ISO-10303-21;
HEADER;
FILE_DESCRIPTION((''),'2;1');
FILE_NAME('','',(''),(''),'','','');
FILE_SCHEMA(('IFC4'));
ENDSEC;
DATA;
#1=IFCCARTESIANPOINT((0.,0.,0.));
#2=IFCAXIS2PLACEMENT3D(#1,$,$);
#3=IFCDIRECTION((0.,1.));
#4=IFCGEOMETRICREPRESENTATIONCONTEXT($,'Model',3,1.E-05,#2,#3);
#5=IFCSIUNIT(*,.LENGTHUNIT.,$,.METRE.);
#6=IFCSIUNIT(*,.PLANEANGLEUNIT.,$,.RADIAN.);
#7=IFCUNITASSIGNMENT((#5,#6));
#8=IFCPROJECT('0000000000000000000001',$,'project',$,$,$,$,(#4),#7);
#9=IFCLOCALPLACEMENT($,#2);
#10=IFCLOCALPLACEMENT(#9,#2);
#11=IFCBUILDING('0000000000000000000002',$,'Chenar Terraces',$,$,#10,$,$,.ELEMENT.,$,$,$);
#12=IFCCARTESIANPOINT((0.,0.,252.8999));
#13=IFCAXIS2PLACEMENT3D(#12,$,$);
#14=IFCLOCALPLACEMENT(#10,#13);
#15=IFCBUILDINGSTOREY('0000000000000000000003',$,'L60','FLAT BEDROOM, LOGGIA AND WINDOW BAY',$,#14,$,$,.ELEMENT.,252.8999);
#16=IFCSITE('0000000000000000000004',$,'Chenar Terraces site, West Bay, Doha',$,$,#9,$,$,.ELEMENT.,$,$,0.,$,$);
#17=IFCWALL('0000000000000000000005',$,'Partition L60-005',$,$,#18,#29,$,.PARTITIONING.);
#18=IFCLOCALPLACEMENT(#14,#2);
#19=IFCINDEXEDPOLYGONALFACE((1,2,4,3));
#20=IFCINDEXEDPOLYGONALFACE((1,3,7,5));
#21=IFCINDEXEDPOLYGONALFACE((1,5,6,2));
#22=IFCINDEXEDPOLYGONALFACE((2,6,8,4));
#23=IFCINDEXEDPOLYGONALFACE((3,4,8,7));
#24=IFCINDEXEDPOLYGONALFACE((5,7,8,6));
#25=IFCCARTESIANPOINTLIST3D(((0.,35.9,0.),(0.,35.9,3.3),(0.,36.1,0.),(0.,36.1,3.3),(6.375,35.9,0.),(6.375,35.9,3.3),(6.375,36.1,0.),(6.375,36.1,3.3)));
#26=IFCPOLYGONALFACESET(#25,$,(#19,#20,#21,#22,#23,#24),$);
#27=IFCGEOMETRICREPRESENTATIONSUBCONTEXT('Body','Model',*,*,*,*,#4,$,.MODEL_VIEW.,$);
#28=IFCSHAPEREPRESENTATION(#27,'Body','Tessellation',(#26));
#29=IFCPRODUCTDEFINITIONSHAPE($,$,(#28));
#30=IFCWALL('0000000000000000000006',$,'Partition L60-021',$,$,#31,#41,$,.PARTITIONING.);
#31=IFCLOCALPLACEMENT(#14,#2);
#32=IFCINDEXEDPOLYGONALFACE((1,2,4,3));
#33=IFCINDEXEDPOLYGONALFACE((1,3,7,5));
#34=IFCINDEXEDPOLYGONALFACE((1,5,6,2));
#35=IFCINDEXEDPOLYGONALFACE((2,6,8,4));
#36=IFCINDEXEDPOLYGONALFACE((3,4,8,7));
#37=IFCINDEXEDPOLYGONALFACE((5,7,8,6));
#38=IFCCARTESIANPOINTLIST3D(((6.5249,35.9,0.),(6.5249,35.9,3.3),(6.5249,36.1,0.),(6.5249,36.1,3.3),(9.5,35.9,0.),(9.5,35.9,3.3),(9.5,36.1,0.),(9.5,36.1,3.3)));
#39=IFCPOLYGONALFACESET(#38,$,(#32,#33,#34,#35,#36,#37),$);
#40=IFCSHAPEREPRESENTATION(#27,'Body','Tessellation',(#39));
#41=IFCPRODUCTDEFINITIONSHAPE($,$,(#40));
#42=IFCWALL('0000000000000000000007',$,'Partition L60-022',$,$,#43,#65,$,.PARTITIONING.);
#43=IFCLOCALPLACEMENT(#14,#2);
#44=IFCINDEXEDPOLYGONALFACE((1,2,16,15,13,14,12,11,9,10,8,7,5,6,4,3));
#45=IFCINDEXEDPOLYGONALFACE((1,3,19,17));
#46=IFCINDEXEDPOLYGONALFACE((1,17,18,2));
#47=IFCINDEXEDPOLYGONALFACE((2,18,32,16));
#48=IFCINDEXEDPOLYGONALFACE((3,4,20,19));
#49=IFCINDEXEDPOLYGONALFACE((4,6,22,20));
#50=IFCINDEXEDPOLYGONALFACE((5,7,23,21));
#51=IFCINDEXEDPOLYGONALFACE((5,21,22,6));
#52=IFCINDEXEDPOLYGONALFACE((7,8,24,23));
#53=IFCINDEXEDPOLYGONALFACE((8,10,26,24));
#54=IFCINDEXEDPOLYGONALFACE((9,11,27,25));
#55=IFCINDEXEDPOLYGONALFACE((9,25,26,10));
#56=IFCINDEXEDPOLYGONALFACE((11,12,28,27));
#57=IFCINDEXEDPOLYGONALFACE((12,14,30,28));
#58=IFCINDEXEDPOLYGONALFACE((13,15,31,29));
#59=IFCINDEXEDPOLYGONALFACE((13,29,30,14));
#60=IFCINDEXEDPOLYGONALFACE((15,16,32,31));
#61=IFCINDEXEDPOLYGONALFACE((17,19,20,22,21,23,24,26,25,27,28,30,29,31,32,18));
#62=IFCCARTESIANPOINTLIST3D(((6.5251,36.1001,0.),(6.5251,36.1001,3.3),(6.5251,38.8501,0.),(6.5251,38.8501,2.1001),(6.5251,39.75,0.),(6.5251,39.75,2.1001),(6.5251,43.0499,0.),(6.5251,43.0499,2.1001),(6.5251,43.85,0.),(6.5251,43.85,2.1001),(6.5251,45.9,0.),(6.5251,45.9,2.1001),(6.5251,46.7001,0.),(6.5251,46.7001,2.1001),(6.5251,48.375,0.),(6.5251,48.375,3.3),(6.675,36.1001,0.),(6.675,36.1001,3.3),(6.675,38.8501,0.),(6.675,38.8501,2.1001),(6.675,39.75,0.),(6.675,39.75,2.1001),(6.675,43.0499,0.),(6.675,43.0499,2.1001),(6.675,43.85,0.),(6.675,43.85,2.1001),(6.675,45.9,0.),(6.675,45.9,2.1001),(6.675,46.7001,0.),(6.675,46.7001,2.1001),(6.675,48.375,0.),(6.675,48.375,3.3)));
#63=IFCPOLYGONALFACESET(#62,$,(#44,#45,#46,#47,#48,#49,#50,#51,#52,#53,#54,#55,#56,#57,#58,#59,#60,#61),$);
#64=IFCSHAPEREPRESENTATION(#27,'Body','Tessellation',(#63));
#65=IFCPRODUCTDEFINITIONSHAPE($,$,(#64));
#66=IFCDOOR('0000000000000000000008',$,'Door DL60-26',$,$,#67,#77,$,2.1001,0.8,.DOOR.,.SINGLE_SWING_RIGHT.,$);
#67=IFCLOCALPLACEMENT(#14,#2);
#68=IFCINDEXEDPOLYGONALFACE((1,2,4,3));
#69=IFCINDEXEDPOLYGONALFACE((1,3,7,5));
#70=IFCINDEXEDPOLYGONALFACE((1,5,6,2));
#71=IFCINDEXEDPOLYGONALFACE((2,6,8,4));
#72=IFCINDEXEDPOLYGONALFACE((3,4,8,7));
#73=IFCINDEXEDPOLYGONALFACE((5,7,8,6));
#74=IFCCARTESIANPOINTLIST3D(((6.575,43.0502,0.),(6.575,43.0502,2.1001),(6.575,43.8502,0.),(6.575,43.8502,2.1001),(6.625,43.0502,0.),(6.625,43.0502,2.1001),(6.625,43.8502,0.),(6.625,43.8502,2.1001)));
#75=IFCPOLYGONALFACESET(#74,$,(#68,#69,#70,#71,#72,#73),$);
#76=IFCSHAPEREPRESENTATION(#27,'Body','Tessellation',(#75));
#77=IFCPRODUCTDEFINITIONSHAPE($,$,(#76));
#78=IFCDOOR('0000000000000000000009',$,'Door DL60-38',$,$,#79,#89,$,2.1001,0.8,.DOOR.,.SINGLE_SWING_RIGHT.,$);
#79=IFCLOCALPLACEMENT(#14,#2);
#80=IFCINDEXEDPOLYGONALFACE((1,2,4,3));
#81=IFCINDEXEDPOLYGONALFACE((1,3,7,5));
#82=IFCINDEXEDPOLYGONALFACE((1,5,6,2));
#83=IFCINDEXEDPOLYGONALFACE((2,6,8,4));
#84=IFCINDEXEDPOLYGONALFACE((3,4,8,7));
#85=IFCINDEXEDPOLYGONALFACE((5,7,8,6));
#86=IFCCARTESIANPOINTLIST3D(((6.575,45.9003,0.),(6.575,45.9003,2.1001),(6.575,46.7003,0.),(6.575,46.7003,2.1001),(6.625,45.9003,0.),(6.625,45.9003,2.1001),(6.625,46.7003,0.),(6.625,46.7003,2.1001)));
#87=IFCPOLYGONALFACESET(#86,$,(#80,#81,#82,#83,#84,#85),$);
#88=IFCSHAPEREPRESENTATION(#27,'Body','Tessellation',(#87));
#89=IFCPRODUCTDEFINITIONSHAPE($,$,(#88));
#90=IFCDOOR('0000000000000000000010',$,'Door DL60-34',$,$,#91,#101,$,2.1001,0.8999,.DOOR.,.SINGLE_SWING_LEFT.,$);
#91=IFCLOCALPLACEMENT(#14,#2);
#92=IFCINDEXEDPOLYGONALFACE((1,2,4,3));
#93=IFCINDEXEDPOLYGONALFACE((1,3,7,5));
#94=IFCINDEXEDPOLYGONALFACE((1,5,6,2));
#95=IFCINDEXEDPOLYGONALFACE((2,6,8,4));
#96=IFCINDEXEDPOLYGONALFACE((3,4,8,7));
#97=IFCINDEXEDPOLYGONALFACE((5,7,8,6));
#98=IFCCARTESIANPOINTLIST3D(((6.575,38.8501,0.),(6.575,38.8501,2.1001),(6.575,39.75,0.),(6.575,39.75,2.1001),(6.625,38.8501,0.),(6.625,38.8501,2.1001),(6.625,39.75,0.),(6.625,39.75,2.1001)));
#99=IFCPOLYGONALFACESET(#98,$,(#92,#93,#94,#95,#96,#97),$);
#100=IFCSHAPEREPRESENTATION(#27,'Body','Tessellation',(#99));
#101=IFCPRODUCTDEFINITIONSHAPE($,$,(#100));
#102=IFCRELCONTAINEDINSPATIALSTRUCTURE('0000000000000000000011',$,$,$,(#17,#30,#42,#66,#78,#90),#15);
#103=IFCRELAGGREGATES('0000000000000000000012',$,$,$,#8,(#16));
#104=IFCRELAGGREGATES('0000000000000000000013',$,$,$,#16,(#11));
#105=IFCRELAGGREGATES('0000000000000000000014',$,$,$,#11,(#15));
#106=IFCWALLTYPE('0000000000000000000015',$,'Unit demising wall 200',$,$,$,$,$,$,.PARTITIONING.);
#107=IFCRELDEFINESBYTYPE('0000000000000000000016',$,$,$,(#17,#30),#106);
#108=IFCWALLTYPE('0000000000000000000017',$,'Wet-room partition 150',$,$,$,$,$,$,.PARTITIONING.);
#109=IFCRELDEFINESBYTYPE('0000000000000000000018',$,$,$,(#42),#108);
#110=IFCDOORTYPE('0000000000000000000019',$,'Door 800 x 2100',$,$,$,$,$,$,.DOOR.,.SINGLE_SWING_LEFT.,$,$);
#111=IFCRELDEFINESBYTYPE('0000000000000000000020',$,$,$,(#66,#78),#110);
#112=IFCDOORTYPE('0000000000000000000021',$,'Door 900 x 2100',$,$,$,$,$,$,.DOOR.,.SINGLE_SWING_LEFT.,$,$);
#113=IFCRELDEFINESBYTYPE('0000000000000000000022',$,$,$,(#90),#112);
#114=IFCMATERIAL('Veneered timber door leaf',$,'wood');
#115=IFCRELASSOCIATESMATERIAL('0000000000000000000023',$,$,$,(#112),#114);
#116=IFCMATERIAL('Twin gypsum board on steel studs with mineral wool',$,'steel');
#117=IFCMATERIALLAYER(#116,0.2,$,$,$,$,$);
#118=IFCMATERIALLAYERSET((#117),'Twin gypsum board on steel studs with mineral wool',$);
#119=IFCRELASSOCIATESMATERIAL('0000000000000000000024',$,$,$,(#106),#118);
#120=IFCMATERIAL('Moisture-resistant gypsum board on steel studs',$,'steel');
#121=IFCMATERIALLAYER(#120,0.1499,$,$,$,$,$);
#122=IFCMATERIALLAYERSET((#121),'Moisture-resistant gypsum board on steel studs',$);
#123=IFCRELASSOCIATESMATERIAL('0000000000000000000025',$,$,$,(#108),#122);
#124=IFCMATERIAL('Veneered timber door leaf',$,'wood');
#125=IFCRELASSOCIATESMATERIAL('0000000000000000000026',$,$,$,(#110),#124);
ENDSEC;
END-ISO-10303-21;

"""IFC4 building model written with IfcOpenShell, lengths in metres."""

from ifc_helpers import new_model, si_unit, direction, frame, frame_2d, origin, place, context, subcontext, project, spatial, rectangle, extrude, material, layer, layer_set, type_object, element, fill, save


model = new_model("IFC4")

# Units and contexts
model_context = context("Model", 3, precision=1e-05, world=origin(), true_north=direction((0.0, 1.0)))
body_context = subcontext(model_context, "Body", "Model", "MODEL_VIEW")
ifc_project = project(units=[si_unit("LENGTHUNIT", "METRE"), si_unit("PLANEANGLEUNIT", "RADIAN")], contexts=[model_context])

# Site, building, storey
site_placement = place(None, origin())
site = spatial("IfcSite", under=ifc_project, at=site_placement, Name="Chenar Terraces site, West Bay, Doha", CompositionType="ELEMENT", RefElevation=0.0)
building_placement = place(site_placement, origin())
building = spatial("IfcBuilding", under=site, at=building_placement, Name="Chenar Terraces", CompositionType="ELEMENT")
storey_placement = place(building_placement, frame((0.0, 0.0, 252.8999)))
storey = spatial("IfcBuildingStorey", under=building, at=storey_placement, Name="L60", Description="FLAT BEDROOM, LOGGIA AND WINDOW BAY", CompositionType="ELEMENT", Elevation=252.8999)

# Shared definitions
placement = place(storey_placement, frame((0.0, 36.0, 0.0), z_axis=(0.0, 0.0, 1.0), x_axis=(1.0, 0.0, 0.0)))

# Shared definitions
ifc_material_1 = material(Name="Veneered timber door leaf", Category="wood")
door_type_1 = type_object("IfcDoorType", Name="Door 900 x 2100", OperationType="SINGLE_SWING_LEFT", PredefinedType="DOOR", material=ifc_material_1)

# Walls
ifc_material_2 = material(Name="Twin gypsum board on steel studs with mineral wool", Category="steel")
ifc_layer_1 = layer(ifc_material_2, 0.2)
ifc_layer_set_1 = layer_set([ifc_layer_1], Name="Twin gypsum board on steel studs with mineral wool")
wall_type_1 = type_object("IfcWallType", Name="Unit demising wall 200", PredefinedType="PARTITIONING", material=ifc_layer_set_1)
element("IfcWall", 1, at=placement, inside=storey, type_object=wall_type_1, Name="Partition L60-005", PredefinedType="PARTITIONING", context=body_context, shape_type="SweptSolid", body=[
    extrude(rectangle(XDim=6.375, YDim=0.2, at=frame_2d((3.1875, 0.0))), origin(), (0.0, 0.0, 1.0), 3.3),
])
wall_1_placement = place(storey_placement, frame((6.5249, 36.0, 0.0), z_axis=(0.0, 0.0, 1.0), x_axis=(1.0, 0.0, 0.0)))
element("IfcWall", 2, at=wall_1_placement, inside=storey, type_object=wall_type_1, Name="Partition L60-021", PredefinedType="PARTITIONING", context=body_context, shape_type="SweptSolid", body=[
    extrude(rectangle(XDim=2.9751, YDim=0.2, at=frame_2d((1.4875, 0.0))), origin(), (0.0, 0.0, 1.0), 3.3),
])

# Wall, openings, doors
ifc_material_3 = material(Name="Moisture-resistant gypsum board on steel studs", Category="steel")
ifc_layer_2 = layer(ifc_material_3, 0.1499)
ifc_layer_set_2 = layer_set([ifc_layer_2], Name="Moisture-resistant gypsum board on steel studs")
wall_type_2 = type_object("IfcWallType", Name="Wet-room partition 150", PredefinedType="PARTITIONING", material=ifc_layer_set_2)
wall_2_placement = place(storey_placement, frame((6.6001, 36.1001, 0.0), z_axis=(0.0, 0.0, 1.0), x_axis=(0.0, 1.0, 0.0)))
wall_2 = element("IfcWall", 3, at=wall_2_placement, inside=storey, type_object=wall_type_2, Name="Partition L60-022", PredefinedType="PARTITIONING", context=body_context, shape_type="SweptSolid", body=[
    extrude(rectangle(XDim=12.2749, YDim=0.1499, at=frame_2d((6.1375, 0.0))), origin(), (0.0, 0.0, 1.0), 3.3),
])
opening_1_placement = place(wall_2_placement, frame((6.95, 0.0, 0.0)))
opening_1 = element("IfcOpeningElement", 4, at=opening_1_placement, cuts=wall_2, PredefinedType="OPENING", context=body_context, shape_type="SweptSolid", body=[
    extrude(rectangle(XDim=0.8, YDim=2.1001, at=frame_2d((0.3999, 1.05))), frame((0.0, 0.085, 0.0), z_axis=(0.0, -1.0, 0.0), x_axis=(1.0, 0.0, 0.0)), (0.0, 0.0, 1.0), 0.1699),
])
opening_2_placement = place(wall_2_placement, frame((2.75, 0.0, 0.0)))
opening_2 = element("IfcOpeningElement", 5, at=opening_2_placement, cuts=wall_2, PredefinedType="OPENING", context=body_context, shape_type="SweptSolid", body=[
    extrude(rectangle(XDim=0.8999, YDim=2.1001, at=frame_2d((0.45, 1.05))), frame((0.0, 0.085, 0.0), z_axis=(0.0, -1.0, 0.0), x_axis=(1.0, 0.0, 0.0)), (0.0, 0.0, 1.0), 0.1699),
])
opening_3_placement = place(wall_2_placement, frame((9.8, 0.0, 0.0)))
opening_3 = element("IfcOpeningElement", 6, at=opening_3_placement, cuts=wall_2, PredefinedType="OPENING", context=body_context, shape_type="SweptSolid", body=[
    extrude(rectangle(XDim=0.8, YDim=2.1001, at=frame_2d((0.3999, 1.05))), frame((0.0, 0.085, 0.0), z_axis=(0.0, -1.0, 0.0), x_axis=(1.0, 0.0, 0.0)), (0.0, 0.0, 1.0), 0.1699),
])
ifc_material_4 = material(Name="Veneered timber door leaf", Category="wood")
door_type_2 = type_object("IfcDoorType", Name="Door 800 x 2100", OperationType="SINGLE_SWING_LEFT", PredefinedType="DOOR", material=ifc_material_4)
door_1_placement = place(opening_1_placement, frame((0.8, 0.0, 0.0), z_axis=(0.0, 0.0, 1.0), x_axis=(-1.0, 0.0, 0.0)))
door_1 = element("IfcDoor", 7, at=door_1_placement, inside=storey, type_object=door_type_2, Name="Door DL60-26", OperationType="SINGLE_SWING_RIGHT", OverallHeight=2.1001, OverallWidth=0.8, PredefinedType="DOOR", context=body_context, shape_type="SweptSolid", body=[
    extrude(rectangle(XDim=0.8, YDim=2.1001, at=frame_2d((0.3999, 1.05))), frame((0.0, 0.0249, 0.0), z_axis=(0.0, -1.0, 0.0), x_axis=(1.0, 0.0, 0.0)), (0.0, 0.0, 1.0), 0.05),
])
fill(opening_1, door_1)
door_2_placement = place(opening_3_placement, frame((0.8, 0.0, 0.0), z_axis=(0.0, 0.0, 1.0), x_axis=(-1.0, 0.0, 0.0)))
door_2 = element("IfcDoor", 8, at=door_2_placement, inside=storey, type_object=door_type_2, Name="Door DL60-38", OperationType="SINGLE_SWING_RIGHT", OverallHeight=2.1001, OverallWidth=0.8, PredefinedType="DOOR", context=body_context, shape_type="SweptSolid", body=[
    extrude(rectangle(XDim=0.8, YDim=2.1001, at=frame_2d((0.3999, 1.05))), frame((0.0, 0.0249, 0.0), z_axis=(0.0, -1.0, 0.0), x_axis=(1.0, 0.0, 0.0)), (0.0, 0.0, 1.0), 0.05),
])
fill(opening_3, door_2)
door_3_placement = place(opening_2_placement, frame((0.8999, 0.0, 0.0), z_axis=(0.0, 0.0, 1.0), x_axis=(-1.0, 0.0, 0.0)))
door_3 = element("IfcDoor", 9, at=door_3_placement, inside=storey, type_object=door_type_1, Name="Door DL60-34", OperationType="SINGLE_SWING_LEFT", OverallHeight=2.1001, OverallWidth=0.8999, PredefinedType="DOOR", context=body_context, shape_type="SweptSolid", body=[
    extrude(rectangle(XDim=0.8999, YDim=2.1001, at=frame_2d((0.45, 1.05))), frame((0.0, 0.0249, 0.0), z_axis=(0.0, -1.0, 0.0), x_axis=(1.0, 0.0, 0.0)), (0.0, 0.0, 1.0), 0.05),
])
fill(opening_2, door_3)

save(model, "model.ifc")
